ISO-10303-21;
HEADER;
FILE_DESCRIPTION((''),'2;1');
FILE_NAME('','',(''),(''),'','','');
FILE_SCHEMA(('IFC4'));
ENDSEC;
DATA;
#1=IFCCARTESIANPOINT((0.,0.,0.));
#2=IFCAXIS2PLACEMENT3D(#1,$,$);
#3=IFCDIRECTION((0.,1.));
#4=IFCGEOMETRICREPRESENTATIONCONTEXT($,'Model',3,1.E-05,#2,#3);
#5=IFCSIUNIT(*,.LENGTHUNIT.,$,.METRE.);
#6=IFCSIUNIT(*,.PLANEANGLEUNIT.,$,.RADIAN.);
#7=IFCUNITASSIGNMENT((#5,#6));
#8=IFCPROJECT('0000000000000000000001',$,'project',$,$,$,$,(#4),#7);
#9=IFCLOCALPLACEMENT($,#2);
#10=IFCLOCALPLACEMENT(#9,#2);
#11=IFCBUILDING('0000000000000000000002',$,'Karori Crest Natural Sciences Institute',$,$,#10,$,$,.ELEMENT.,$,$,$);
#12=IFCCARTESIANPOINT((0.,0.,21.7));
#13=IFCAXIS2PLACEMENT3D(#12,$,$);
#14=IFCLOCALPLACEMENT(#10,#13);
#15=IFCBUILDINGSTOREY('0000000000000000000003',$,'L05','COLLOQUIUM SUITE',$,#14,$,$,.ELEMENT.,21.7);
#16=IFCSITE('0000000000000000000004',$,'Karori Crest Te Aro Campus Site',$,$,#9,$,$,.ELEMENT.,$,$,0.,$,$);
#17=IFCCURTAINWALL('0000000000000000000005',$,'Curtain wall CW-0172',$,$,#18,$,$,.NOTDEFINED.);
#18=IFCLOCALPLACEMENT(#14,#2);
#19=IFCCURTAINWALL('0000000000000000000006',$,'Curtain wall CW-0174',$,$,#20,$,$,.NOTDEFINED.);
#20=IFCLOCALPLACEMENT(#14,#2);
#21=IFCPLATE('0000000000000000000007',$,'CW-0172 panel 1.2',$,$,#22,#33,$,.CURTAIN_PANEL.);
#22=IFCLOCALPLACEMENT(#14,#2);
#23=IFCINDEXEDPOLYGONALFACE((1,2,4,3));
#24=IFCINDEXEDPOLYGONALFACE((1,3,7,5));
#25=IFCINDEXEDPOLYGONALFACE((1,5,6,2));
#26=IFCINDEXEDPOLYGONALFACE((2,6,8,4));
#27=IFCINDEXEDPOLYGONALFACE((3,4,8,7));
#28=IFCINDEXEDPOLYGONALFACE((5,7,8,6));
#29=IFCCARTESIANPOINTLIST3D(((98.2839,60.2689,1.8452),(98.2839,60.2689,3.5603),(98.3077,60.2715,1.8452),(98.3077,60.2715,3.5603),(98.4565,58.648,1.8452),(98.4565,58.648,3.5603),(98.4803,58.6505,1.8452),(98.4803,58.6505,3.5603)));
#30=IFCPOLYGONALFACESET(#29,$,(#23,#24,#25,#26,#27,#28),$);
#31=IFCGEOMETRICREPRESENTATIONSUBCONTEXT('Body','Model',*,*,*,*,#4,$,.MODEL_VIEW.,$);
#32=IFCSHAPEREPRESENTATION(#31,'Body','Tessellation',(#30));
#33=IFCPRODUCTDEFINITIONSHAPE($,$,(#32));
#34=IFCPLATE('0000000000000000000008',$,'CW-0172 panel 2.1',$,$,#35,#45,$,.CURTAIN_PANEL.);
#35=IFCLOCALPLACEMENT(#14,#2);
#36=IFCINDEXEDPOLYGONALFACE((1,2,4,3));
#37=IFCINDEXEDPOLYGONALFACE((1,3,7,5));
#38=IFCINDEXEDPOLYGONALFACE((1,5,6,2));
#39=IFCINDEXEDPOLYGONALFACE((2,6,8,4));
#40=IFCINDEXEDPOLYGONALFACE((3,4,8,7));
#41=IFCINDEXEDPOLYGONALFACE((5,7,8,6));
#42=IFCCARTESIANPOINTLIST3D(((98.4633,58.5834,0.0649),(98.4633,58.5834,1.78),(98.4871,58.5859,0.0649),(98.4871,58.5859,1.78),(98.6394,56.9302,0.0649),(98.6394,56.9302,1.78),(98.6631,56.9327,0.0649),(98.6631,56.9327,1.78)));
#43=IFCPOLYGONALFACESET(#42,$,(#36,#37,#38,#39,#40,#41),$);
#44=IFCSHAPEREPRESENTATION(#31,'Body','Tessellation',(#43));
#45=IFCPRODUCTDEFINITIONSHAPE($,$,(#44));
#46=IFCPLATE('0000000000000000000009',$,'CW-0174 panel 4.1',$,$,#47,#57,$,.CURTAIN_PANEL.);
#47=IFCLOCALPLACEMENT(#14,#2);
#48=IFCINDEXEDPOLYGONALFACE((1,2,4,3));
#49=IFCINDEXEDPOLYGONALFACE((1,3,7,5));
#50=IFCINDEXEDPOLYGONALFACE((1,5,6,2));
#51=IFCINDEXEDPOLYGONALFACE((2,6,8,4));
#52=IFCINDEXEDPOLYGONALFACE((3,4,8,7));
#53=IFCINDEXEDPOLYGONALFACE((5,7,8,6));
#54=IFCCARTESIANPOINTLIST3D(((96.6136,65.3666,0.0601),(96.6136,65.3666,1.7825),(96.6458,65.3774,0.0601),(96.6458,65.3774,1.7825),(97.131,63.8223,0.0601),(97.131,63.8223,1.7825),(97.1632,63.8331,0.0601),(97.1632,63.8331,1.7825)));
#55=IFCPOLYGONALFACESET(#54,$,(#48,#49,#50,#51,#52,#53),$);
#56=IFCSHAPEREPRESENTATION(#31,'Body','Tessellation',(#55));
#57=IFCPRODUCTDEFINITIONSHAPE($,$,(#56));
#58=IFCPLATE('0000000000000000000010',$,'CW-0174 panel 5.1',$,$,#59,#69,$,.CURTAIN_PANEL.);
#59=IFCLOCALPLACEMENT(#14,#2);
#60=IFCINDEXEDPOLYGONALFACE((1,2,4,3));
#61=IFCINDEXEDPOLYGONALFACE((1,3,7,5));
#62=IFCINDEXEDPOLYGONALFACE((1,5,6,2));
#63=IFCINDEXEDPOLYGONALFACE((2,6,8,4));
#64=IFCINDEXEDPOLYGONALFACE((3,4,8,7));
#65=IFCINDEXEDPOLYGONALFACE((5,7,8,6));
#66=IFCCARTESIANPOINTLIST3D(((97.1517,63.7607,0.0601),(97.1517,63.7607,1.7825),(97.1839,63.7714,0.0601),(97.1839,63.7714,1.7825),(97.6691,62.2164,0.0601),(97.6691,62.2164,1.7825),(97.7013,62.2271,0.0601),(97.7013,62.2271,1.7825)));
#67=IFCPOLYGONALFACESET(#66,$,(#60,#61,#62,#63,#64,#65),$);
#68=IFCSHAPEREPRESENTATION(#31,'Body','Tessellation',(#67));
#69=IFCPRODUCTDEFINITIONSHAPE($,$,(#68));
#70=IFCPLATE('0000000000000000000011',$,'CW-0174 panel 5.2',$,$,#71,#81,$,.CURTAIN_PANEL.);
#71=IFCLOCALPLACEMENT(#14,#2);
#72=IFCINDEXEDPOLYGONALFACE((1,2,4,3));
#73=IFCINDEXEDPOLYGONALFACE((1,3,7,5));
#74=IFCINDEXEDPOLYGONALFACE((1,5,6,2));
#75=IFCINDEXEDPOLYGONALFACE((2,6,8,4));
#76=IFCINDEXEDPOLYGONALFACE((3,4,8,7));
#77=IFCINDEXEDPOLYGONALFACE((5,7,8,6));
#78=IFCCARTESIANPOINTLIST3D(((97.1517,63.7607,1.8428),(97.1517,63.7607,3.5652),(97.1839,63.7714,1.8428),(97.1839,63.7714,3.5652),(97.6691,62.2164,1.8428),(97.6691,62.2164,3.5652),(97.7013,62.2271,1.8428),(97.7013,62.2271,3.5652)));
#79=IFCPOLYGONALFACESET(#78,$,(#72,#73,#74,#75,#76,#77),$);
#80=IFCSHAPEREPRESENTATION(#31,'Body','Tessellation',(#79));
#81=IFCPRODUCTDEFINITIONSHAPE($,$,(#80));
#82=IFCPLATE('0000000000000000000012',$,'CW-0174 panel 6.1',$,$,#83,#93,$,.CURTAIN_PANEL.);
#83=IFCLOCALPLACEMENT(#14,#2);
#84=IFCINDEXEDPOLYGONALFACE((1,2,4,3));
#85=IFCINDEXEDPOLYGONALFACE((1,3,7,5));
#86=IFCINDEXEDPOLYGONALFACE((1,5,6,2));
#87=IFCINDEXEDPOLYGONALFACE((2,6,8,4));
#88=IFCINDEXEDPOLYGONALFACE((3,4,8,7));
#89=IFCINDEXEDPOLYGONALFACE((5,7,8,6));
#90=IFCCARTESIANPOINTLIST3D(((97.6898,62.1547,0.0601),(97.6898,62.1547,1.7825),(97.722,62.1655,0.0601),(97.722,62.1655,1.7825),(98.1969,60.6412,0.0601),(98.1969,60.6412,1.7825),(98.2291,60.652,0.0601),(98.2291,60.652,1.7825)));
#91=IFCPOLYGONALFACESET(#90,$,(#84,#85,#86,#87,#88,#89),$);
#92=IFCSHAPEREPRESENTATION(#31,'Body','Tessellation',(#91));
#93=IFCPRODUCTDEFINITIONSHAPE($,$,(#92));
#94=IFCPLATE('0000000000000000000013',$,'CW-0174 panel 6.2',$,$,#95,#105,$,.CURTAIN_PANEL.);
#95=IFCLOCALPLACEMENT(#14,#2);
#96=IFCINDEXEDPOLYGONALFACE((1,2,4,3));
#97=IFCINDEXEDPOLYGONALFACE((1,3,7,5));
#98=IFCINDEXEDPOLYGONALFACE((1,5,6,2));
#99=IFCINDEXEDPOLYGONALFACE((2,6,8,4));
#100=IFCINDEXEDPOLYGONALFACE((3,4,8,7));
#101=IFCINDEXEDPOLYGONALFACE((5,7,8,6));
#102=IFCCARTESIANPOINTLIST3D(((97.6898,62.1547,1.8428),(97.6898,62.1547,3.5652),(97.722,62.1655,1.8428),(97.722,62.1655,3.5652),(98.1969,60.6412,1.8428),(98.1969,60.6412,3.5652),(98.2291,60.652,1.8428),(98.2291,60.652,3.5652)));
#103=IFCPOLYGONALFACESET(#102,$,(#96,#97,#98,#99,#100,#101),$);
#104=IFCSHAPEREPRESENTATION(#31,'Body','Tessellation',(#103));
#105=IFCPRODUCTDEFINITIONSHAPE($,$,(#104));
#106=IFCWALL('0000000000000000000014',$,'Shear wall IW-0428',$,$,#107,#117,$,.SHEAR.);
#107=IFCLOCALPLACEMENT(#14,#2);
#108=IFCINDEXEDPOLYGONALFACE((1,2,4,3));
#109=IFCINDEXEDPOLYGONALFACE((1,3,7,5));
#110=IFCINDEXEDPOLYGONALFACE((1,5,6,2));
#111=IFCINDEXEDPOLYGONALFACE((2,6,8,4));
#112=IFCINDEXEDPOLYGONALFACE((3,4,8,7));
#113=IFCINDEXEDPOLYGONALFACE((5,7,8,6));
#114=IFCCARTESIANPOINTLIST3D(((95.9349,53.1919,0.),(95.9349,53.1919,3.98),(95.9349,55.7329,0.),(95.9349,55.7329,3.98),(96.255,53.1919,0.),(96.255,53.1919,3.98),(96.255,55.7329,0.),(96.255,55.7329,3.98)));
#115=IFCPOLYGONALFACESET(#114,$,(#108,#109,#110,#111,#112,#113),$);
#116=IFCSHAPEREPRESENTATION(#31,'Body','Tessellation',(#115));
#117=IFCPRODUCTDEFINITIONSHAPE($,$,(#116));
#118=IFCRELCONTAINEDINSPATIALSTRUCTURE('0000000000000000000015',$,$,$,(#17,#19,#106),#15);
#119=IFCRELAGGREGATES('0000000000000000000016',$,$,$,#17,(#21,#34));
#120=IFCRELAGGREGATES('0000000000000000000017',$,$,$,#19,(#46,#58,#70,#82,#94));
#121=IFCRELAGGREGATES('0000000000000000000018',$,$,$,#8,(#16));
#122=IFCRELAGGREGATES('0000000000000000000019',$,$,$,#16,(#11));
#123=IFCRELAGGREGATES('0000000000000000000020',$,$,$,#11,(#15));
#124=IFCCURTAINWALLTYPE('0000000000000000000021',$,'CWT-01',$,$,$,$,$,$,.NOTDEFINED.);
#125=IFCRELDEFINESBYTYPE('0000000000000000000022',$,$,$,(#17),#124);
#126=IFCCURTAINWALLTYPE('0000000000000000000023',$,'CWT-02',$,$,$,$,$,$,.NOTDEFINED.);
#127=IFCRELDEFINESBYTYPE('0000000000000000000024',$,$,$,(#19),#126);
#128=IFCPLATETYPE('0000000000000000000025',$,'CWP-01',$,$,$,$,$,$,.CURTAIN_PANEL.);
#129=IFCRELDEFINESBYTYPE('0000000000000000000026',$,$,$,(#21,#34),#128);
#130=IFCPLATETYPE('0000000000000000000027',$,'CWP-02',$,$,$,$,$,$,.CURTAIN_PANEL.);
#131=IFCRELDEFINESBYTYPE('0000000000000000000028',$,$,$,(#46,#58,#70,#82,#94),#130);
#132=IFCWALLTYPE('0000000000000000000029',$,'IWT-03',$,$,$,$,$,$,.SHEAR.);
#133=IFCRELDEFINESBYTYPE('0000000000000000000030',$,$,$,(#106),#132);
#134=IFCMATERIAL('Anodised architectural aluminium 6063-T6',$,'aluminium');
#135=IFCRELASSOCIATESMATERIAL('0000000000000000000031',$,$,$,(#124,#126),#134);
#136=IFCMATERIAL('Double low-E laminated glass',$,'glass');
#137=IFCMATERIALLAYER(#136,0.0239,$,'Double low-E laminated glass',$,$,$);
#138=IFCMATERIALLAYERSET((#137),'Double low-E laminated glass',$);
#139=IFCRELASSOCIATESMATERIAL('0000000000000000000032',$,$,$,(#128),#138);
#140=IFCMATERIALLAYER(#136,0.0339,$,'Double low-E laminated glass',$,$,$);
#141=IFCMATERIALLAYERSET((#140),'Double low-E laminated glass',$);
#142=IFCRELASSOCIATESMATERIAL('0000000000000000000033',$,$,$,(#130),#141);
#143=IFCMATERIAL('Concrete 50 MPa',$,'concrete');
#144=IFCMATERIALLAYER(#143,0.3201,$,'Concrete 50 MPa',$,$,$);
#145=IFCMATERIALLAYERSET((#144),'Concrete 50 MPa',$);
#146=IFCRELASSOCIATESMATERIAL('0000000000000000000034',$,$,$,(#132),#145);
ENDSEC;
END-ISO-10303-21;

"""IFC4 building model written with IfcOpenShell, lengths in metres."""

from ifc_helpers import new_model, si_unit, direction, frame, frame_2d, origin, origin_2d, place, context, subcontext, project, spatial, rectangle, extrude, material, layer, layer_set, type_object, element, aggregate, save


model = new_model("IFC4")

# Units and contexts
model_context = context("Model", 3, precision=1e-05, world=origin(), true_north=direction((0.0, 1.0)))
body_context = subcontext(model_context, "Body", "Model", "MODEL_VIEW")
ifc_project = project(units=[si_unit("LENGTHUNIT", "METRE"), si_unit("PLANEANGLEUNIT", "RADIAN")], contexts=[model_context])

# Site, building, storey
site_placement = place(None, origin())
site = spatial("IfcSite", under=ifc_project, at=site_placement, Name="Karori Crest Te Aro Campus Site", CompositionType="ELEMENT", RefElevation=0.0)
building_placement = place(site_placement, origin())
building = spatial("IfcBuilding", under=site, at=building_placement, Name="Karori Crest Natural Sciences Institute", CompositionType="ELEMENT")
storey_placement = place(building_placement, frame((0.0, 0.0, 21.7)))
storey = spatial("IfcBuildingStorey", under=building, at=storey_placement, Name="L05", Description="COLLOQUIUM SUITE", CompositionType="ELEMENT", Elevation=21.7)

# Curtain walls
ifc_material_1 = material(Name="Anodised architectural aluminium 6063-T6", Category="aluminium")
curtain_wall_type_1 = type_object("IfcCurtainWallType", Name="CWT-01", PredefinedType="NOTDEFINED", material=ifc_material_1)
curtain_wall_1_placement = place(storey_placement, origin())
curtain_wall_1 = element("IfcCurtainWall", 1, at=curtain_wall_1_placement, inside=storey, type_object=curtain_wall_type_1, Name="Curtain wall CW-0172", PredefinedType="NOTDEFINED")
curtain_wall_type_2 = type_object("IfcCurtainWallType", Name="CWT-02", PredefinedType="NOTDEFINED", material=ifc_material_1)
curtain_wall_2_placement = place(storey_placement, origin())
curtain_wall_2 = element("IfcCurtainWall", 2, at=curtain_wall_2_placement, inside=storey, type_object=curtain_wall_type_2, Name="Curtain wall CW-0174", PredefinedType="NOTDEFINED")

# Plates
ifc_material_2 = material(Name="Double low-E laminated glass", Category="glass")
ifc_layer_1 = layer(ifc_material_2, 0.0239, Name="Double low-E laminated glass")
ifc_layer_set_1 = layer_set([ifc_layer_1], Name="Double low-E laminated glass")
plate_type_1 = type_object("IfcPlateType", Name="CWP-01", PredefinedType="CURTAIN_PANEL", material=ifc_layer_set_1)
plate_1_placement = place(storey_placement, frame((98.3821, 59.4597, 1.8452), z_axis=(0.0, 0.0, 1.0), x_axis=(0.105884, -0.994378, 0.0)))
plate_1 = element("IfcPlate", 3, at=plate_1_placement, type_object=plate_type_1, Name="CW-0172 panel 1.2", PredefinedType="CURTAIN_PANEL", context=body_context, shape_type="SweptSolid", body=[
    extrude(rectangle(XDim=1.6301, YDim=0.0239, at=origin_2d()), origin(), (0.0, 0.0, 1.0), 1.7151),
])
plate_2_placement = place(storey_placement, frame((98.5632, 57.7581, 0.0649), z_axis=(0.0, 0.0, 1.0), x_axis=(0.105884, -0.994378, 0.0)))
plate_2 = element("IfcPlate", 4, at=plate_2_placement, type_object=plate_type_1, Name="CW-0172 panel 2.1", PredefinedType="CURTAIN_PANEL", context=body_context, shape_type="SweptSolid", body=[
    extrude(rectangle(XDim=1.6626, YDim=0.0239, at=origin_2d()), origin(), (0.0, 0.0, 1.0), 1.7151),
])
aggregate(curtain_wall_1, [plate_1, plate_2])
ifc_layer_2 = layer(ifc_material_2, 0.0339, Name="Double low-E laminated glass")
ifc_layer_set_2 = layer_set([ifc_layer_2], Name="Double low-E laminated glass")
plate_type_2 = type_object("IfcPlateType", Name="CWP-02", PredefinedType="CURTAIN_PANEL", material=ifc_layer_set_2)
plate_3_placement = place(storey_placement, frame((96.8884, 64.5999, 0.0601), z_axis=(0.0, 0.0, 1.0), x_axis=(0.31768, -0.948198, 0.0)))
plate_3 = element("IfcPlate", 5, at=plate_3_placement, type_object=plate_type_2, Name="CW-0174 panel 4.1", PredefinedType="CURTAIN_PANEL", context=body_context, shape_type="SweptSolid", body=[
    extrude(rectangle(XDim=1.6287, YDim=0.0339, at=origin_2d()), origin(), (0.0, 0.0, 1.0), 1.7224),
])
plate_4_placement = place(storey_placement, frame((97.4265, 62.9939, 0.0601), z_axis=(0.0, 0.0, 1.0), x_axis=(0.31768, -0.948198, 0.0)))
plate_4 = element("IfcPlate", 6, at=plate_4_placement, type_object=plate_type_2, Name="CW-0174 panel 5.1", PredefinedType="CURTAIN_PANEL", context=body_context, shape_type="SweptSolid", body=[
    extrude(rectangle(XDim=1.6287, YDim=0.0339, at=origin_2d()), origin(), (0.0, 0.0, 1.0), 1.7224),
])
plate_5_placement = place(storey_placement, frame((97.4265, 62.9939, 1.8428), z_axis=(0.0, 0.0, 1.0), x_axis=(0.31768, -0.948198, 0.0)))
plate_5 = element("IfcPlate", 7, at=plate_5_placement, type_object=plate_type_2, Name="CW-0174 panel 5.2", PredefinedType="CURTAIN_PANEL", context=body_context, shape_type="SweptSolid", body=[
    extrude(rectangle(XDim=1.6287, YDim=0.0339, at=origin_2d()), origin(), (0.0, 0.0, 1.0), 1.7224),
])
plate_6_placement = place(storey_placement, frame((97.9595, 61.4033, 0.0601), z_axis=(0.0, 0.0, 1.0), x_axis=(0.31768, -0.948198, 0.0)))
plate_6 = element("IfcPlate", 8, at=plate_6_placement, type_object=plate_type_2, Name="CW-0174 panel 6.1", PredefinedType="CURTAIN_PANEL", context=body_context, shape_type="SweptSolid", body=[
    extrude(rectangle(XDim=1.5962, YDim=0.0339, at=origin_2d()), origin(), (0.0, 0.0, 1.0), 1.7224),
])
plate_7_placement = place(storey_placement, frame((97.9595, 61.4033, 1.8428), z_axis=(0.0, 0.0, 1.0), x_axis=(0.31768, -0.948198, 0.0)))
plate_7 = element("IfcPlate", 9, at=plate_7_placement, type_object=plate_type_2, Name="CW-0174 panel 6.2", PredefinedType="CURTAIN_PANEL", context=body_context, shape_type="SweptSolid", body=[
    extrude(rectangle(XDim=1.5962, YDim=0.0339, at=origin_2d()), origin(), (0.0, 0.0, 1.0), 1.7224),
])
aggregate(curtain_wall_2, [plate_3, plate_4, plate_5, plate_6, plate_7])

# Wall
ifc_material_3 = material(Name="Concrete 50 MPa", Category="concrete")
ifc_layer_3 = layer(ifc_material_3, 0.3201, Name="Concrete 50 MPa")
ifc_layer_set_3 = layer_set([ifc_layer_3], Name="Concrete 50 MPa")
wall_type = type_object("IfcWallType", Name="IWT-03", PredefinedType="SHEAR", material=ifc_layer_set_3)
wall_placement = place(storey_placement, frame((96.095, 53.1919, 0.0), z_axis=(0.0, 0.0, 1.0), x_axis=(0.0, 1.0, 0.0)))
element("IfcWall", 10, at=wall_placement, inside=storey, type_object=wall_type, Name="Shear wall IW-0428", PredefinedType="SHEAR", context=body_context, shape_type="SweptSolid", body=[
    extrude(rectangle(XDim=2.541, YDim=0.3201, at=frame_2d((1.2705, 0.0))), origin(), (0.0, 0.0, 1.0), 3.98),
])

save(model, "model.ifc")
